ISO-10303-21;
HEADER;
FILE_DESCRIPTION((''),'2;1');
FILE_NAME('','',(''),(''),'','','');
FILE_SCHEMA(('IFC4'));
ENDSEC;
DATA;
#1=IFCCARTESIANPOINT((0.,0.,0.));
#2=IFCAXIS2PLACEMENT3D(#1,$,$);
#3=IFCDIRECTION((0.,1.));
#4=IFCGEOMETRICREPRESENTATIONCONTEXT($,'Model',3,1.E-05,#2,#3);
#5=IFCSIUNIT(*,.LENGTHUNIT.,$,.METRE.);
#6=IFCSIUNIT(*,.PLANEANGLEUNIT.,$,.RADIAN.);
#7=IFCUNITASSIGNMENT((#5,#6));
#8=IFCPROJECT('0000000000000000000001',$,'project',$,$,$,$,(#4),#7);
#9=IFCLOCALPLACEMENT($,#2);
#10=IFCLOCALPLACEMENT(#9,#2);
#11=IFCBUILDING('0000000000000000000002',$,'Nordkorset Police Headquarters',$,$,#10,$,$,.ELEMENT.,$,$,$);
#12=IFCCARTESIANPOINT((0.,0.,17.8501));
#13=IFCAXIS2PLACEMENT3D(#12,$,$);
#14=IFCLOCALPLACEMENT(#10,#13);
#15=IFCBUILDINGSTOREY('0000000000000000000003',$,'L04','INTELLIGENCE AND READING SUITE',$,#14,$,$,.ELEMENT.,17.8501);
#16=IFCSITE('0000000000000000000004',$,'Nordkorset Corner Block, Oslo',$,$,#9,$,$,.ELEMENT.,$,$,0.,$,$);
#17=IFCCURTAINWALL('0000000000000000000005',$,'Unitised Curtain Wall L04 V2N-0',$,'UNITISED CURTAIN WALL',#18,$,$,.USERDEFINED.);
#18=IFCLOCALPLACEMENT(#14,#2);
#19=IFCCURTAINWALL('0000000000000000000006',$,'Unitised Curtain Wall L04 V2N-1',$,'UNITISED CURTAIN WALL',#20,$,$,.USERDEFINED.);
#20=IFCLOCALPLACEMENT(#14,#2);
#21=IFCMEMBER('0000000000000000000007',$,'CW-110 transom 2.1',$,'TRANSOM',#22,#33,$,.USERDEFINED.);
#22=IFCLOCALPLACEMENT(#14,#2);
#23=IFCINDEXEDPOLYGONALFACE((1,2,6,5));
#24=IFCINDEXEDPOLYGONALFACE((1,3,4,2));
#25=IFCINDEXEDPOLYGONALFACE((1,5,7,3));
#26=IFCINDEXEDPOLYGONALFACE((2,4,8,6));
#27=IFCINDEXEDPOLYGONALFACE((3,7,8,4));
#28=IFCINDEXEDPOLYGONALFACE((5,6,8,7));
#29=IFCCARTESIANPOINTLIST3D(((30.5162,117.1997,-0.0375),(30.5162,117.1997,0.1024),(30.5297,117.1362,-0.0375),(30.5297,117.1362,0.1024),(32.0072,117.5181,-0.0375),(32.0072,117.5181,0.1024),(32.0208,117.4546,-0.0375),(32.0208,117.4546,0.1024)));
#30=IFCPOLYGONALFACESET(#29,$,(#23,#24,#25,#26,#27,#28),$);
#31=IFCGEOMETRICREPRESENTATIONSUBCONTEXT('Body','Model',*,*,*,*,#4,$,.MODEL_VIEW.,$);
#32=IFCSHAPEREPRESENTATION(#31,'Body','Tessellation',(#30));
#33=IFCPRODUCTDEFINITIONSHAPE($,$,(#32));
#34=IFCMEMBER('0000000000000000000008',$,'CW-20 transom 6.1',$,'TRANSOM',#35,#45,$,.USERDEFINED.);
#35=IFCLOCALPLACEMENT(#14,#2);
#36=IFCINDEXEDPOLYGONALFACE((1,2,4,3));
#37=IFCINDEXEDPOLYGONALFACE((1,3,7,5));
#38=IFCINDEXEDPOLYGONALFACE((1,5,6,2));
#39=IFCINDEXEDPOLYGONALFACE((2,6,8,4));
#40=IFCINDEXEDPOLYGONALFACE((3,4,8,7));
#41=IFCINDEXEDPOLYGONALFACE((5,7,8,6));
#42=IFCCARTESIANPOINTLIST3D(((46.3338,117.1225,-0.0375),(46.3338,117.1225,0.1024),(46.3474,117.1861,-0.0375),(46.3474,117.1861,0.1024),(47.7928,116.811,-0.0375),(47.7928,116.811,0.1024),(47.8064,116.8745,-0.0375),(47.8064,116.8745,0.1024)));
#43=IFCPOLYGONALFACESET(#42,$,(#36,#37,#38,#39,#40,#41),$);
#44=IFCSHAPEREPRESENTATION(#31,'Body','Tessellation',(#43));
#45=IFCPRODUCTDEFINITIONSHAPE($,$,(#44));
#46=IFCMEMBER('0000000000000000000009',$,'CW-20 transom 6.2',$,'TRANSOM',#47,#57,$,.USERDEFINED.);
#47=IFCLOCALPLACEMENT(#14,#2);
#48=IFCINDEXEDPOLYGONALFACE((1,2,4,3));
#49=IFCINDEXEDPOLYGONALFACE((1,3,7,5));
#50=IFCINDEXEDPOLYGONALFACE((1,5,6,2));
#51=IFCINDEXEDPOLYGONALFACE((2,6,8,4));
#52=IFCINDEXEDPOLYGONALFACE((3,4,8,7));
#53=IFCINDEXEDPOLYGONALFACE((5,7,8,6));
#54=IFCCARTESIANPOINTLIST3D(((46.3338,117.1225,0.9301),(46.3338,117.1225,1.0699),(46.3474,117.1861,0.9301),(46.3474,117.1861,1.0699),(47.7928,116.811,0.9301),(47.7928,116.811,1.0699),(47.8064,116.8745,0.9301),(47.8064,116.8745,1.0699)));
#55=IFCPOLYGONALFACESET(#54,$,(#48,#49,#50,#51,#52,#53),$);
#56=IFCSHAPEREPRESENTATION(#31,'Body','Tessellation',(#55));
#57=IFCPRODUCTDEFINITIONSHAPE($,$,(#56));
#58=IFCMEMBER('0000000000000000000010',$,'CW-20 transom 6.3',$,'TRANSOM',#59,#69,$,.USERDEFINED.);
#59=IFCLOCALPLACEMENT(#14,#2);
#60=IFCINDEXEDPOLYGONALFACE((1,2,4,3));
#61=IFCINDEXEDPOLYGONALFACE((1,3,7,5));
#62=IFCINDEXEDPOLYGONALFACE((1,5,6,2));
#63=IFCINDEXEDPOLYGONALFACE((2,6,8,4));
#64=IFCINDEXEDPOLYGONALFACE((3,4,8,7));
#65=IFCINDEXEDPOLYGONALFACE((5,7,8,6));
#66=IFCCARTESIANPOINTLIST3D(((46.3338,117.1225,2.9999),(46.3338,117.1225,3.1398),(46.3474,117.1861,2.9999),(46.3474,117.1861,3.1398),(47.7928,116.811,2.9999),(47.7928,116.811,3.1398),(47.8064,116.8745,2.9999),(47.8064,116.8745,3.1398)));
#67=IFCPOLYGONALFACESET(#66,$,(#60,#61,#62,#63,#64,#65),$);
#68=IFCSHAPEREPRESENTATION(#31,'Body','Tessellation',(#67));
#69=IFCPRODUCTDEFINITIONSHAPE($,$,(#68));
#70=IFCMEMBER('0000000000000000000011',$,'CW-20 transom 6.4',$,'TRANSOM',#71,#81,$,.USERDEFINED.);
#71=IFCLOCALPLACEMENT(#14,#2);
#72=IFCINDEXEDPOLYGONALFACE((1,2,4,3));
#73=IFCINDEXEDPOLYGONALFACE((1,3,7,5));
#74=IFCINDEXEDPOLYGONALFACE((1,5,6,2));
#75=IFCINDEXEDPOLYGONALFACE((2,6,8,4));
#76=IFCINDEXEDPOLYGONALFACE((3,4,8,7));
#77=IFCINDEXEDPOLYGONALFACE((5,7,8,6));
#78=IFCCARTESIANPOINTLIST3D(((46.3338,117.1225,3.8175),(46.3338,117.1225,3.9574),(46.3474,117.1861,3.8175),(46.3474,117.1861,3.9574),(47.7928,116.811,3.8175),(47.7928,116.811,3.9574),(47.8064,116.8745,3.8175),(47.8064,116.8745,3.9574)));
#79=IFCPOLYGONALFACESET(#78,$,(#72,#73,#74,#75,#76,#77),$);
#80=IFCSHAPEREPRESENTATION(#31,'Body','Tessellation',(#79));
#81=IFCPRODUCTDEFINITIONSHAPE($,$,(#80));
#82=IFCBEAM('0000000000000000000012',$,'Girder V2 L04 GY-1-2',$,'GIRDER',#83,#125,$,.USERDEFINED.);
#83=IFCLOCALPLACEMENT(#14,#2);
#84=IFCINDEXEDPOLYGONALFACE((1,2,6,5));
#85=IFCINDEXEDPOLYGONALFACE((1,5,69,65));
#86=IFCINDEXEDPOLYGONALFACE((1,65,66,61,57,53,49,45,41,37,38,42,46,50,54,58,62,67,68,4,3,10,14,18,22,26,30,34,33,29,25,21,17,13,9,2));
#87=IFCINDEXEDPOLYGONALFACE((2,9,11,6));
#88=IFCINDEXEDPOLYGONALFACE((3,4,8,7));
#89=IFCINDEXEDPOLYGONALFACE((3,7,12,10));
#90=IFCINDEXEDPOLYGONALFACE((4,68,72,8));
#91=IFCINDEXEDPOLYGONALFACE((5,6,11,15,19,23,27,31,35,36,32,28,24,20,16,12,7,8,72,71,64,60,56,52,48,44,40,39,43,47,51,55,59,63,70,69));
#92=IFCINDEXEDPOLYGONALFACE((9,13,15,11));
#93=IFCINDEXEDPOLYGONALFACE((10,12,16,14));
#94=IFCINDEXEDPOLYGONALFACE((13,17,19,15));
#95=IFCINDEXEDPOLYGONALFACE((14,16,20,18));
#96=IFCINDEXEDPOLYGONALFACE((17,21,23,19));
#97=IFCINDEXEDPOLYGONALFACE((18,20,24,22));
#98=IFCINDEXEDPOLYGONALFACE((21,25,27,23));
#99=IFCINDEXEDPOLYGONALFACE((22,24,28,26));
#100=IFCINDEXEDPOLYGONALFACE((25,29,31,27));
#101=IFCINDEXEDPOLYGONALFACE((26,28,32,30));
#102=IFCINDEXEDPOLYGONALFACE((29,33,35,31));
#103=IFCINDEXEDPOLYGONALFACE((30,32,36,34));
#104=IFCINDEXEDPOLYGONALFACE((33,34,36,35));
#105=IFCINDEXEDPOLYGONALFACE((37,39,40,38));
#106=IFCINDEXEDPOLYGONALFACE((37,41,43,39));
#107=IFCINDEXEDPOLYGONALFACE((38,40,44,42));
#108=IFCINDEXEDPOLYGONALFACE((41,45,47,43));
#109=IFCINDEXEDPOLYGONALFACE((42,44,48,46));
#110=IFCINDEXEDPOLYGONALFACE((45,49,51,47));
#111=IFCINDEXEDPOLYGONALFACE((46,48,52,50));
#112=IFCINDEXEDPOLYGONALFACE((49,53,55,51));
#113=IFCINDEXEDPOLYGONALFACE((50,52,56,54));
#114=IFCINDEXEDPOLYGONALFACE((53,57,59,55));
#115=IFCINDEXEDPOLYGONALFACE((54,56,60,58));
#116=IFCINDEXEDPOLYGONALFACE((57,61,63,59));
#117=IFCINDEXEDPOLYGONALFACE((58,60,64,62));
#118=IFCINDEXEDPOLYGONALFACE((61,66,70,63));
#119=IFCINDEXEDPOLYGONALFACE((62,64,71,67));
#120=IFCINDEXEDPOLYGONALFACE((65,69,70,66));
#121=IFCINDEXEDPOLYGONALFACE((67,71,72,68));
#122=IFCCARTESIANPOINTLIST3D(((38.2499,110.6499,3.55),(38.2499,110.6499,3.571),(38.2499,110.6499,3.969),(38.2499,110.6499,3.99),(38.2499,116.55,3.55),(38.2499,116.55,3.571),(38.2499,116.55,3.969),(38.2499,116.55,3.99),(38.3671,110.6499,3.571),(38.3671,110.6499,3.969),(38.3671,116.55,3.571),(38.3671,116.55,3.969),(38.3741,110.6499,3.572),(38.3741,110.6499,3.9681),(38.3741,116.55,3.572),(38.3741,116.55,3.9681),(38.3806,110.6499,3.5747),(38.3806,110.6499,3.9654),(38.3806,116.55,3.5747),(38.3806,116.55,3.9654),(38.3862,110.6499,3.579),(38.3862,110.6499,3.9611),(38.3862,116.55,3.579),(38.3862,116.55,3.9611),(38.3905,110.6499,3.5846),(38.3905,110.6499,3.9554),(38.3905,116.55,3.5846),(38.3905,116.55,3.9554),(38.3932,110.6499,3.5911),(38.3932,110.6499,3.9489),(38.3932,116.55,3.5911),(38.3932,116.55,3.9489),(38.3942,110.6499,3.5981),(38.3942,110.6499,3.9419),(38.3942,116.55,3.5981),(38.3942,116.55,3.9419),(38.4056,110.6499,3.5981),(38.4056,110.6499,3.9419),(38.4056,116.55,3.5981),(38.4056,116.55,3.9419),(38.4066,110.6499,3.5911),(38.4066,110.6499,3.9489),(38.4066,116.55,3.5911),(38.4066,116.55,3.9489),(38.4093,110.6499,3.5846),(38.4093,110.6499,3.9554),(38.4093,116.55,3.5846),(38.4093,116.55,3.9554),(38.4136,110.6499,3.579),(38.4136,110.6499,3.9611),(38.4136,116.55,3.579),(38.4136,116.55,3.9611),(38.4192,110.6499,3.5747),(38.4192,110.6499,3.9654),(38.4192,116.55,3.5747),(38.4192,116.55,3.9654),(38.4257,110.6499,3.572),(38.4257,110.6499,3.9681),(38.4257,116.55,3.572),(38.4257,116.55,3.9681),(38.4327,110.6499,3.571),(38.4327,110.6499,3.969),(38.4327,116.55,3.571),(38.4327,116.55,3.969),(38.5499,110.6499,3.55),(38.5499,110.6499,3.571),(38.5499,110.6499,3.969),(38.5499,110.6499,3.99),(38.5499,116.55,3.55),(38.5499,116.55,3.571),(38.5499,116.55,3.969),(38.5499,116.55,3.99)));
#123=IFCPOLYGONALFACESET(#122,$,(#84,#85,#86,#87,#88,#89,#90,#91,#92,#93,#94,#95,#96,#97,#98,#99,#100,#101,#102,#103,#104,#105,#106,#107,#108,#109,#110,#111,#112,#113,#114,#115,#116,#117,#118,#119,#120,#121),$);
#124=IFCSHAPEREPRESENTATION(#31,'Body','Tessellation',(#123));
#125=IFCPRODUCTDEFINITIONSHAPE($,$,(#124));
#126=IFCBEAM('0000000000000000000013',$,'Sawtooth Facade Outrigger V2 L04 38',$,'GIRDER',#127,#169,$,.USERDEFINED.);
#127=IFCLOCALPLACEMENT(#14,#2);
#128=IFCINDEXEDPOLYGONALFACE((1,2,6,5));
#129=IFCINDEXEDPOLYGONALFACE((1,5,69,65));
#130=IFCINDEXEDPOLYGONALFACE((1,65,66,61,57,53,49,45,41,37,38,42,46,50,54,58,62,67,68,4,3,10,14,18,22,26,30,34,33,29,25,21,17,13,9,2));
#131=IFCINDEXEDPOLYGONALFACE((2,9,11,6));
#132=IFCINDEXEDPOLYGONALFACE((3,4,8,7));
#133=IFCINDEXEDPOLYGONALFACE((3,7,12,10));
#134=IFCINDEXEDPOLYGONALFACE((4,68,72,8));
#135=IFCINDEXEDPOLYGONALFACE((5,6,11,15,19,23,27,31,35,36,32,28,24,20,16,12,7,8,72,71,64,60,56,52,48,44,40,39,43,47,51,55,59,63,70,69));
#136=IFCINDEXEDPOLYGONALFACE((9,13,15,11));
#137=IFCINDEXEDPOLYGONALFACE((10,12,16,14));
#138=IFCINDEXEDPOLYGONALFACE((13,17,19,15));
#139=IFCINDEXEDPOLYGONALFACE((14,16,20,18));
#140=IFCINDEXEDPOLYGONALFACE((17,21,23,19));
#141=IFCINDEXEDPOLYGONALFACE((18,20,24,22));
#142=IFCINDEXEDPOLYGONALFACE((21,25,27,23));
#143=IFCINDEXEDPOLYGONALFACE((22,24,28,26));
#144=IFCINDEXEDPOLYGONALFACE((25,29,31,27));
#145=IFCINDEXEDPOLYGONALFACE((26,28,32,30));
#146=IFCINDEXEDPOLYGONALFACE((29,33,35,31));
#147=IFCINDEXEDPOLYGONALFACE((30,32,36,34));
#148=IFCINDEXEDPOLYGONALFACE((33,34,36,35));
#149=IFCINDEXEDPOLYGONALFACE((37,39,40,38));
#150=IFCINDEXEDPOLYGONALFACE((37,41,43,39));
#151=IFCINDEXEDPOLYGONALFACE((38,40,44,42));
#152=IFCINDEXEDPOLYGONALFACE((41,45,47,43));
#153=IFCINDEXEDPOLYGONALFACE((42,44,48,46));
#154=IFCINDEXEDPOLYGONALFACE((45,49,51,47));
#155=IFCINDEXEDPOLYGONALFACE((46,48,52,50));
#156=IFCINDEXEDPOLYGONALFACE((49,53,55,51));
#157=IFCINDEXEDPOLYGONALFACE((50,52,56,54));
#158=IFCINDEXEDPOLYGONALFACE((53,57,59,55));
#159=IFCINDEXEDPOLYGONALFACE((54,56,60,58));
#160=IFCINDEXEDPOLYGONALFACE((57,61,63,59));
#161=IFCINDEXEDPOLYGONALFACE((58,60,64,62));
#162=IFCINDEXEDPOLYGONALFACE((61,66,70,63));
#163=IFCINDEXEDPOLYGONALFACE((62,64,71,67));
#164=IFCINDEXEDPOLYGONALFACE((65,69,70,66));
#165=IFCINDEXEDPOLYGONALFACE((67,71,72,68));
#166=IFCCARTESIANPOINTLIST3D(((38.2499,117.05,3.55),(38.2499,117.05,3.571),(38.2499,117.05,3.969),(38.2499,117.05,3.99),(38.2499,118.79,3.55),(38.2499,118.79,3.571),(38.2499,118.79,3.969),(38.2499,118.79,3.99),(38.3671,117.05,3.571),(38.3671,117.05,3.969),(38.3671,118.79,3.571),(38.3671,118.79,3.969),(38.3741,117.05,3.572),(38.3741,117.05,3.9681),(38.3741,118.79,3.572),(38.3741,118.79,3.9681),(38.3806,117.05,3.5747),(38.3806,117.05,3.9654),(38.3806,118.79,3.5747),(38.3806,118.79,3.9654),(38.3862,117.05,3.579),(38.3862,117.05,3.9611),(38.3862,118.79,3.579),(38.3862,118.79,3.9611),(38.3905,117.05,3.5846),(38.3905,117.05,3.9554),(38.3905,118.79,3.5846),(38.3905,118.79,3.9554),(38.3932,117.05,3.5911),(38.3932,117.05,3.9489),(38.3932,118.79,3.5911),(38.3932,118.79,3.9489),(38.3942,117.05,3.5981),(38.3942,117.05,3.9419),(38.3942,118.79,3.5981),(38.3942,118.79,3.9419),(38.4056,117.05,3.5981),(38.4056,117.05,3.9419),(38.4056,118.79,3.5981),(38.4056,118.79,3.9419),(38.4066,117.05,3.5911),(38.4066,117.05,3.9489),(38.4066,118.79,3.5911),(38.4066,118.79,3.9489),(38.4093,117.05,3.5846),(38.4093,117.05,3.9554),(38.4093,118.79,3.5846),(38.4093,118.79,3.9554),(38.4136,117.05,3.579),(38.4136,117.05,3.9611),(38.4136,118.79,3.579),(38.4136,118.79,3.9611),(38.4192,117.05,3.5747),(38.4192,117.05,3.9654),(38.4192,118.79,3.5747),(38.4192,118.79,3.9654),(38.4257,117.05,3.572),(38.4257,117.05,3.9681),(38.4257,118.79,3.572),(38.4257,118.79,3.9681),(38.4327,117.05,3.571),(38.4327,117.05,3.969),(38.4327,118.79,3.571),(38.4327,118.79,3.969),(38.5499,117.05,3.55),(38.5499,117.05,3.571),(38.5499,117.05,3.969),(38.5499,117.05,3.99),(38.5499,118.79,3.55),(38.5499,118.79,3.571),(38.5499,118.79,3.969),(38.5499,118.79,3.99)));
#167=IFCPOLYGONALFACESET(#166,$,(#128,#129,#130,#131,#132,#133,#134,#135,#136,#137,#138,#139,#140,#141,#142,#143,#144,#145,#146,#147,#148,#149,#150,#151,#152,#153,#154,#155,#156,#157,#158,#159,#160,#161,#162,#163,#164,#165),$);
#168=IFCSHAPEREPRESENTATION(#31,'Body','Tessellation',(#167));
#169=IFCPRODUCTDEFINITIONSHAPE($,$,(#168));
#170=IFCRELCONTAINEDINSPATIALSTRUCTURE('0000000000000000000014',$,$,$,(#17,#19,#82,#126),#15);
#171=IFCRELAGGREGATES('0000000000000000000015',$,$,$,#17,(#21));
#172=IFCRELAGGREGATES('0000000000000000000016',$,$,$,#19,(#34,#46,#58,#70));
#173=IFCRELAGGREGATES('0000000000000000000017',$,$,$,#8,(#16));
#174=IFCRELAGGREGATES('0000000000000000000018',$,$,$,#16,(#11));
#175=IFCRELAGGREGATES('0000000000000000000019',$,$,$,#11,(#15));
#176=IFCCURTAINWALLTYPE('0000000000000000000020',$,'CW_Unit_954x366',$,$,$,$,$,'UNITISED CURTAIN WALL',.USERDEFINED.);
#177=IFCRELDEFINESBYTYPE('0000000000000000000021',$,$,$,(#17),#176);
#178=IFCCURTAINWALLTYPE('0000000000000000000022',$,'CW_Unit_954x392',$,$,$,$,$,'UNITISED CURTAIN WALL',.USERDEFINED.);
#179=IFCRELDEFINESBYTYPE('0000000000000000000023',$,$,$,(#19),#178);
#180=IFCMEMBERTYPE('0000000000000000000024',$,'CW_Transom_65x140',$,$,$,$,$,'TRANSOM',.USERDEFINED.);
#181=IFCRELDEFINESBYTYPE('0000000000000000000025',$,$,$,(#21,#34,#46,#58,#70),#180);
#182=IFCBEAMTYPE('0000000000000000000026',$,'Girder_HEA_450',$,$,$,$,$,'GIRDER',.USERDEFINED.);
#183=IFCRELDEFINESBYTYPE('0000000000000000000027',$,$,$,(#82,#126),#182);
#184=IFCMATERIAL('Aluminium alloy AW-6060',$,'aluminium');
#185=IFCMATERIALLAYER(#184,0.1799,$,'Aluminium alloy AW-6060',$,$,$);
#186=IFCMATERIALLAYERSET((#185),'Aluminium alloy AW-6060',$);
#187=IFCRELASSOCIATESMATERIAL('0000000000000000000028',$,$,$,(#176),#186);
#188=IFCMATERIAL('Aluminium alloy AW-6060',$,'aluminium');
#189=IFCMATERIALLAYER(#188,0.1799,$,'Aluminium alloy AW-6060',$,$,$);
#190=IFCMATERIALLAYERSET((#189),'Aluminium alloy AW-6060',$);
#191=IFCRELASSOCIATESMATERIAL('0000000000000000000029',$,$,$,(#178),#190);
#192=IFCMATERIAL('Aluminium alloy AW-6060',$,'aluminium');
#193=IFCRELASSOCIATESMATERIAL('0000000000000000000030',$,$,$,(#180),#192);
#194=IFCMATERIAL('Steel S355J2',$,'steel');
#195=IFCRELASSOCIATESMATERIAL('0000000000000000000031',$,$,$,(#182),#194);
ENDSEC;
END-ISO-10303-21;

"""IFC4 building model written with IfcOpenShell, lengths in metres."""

from ifc_helpers import new_model, si_unit, direction, frame, origin, origin_2d, place, context, subcontext, project, spatial, rectangle, i_section, extrude, material, layer, layer_set, material_profile, profile_set, type_object, element, aggregate, save


model = new_model("IFC4")

# Units and contexts
model_context = context("Model", 3, precision=1e-05, world=origin(), true_north=direction((0.0, 1.0)))
body_context = subcontext(model_context, "Body", "Model", "MODEL_VIEW")
ifc_project = project(units=[si_unit("LENGTHUNIT", "METRE"), si_unit("PLANEANGLEUNIT", "RADIAN")], contexts=[model_context])

# Site, building, storey
site_placement = place(None, origin())
site = spatial("IfcSite", under=ifc_project, at=site_placement, Name="Nordkorset Corner Block, Oslo", CompositionType="ELEMENT", RefElevation=0.0)
building_placement = place(site_placement, origin())
building = spatial("IfcBuilding", under=site, at=building_placement, Name="Nordkorset Police Headquarters", CompositionType="ELEMENT")
storey_placement = place(building_placement, frame((0.0, 0.0, 17.8501)))
storey = spatial("IfcBuildingStorey", under=building, at=storey_placement, Name="L04", Description="INTELLIGENCE AND READING SUITE", CompositionType="ELEMENT", Elevation=17.8501)

# Curtain wall
ifc_material_1 = material(Name="Aluminium alloy AW-6060", Category="aluminium")
ifc_layer_1 = layer(ifc_material_1, 0.1799, Name="Aluminium alloy AW-6060")
ifc_layer_set_1 = layer_set([ifc_layer_1], Name="Aluminium alloy AW-6060")
curtain_wall_type_1 = type_object("IfcCurtainWallType", Name="CW_Unit_954x366", ElementType="UNITISED CURTAIN WALL", PredefinedType="USERDEFINED", material=ifc_layer_set_1)
curtain_wall_1_placement = place(storey_placement, origin())
curtain_wall_1 = element("IfcCurtainWall", 1, at=curtain_wall_1_placement, inside=storey, type_object=curtain_wall_type_1, Name="Unitised Curtain Wall L04 V2N-0", ObjectType="UNITISED CURTAIN WALL", PredefinedType="USERDEFINED")

# Curtain wall
ifc_material_2 = material(Name="Aluminium alloy AW-6060", Category="aluminium")
ifc_layer_2 = layer(ifc_material_2, 0.1799, Name="Aluminium alloy AW-6060")
ifc_layer_set_2 = layer_set([ifc_layer_2], Name="Aluminium alloy AW-6060")
curtain_wall_type_2 = type_object("IfcCurtainWallType", Name="CW_Unit_954x392", ElementType="UNITISED CURTAIN WALL", PredefinedType="USERDEFINED", material=ifc_layer_set_2)
curtain_wall_2_placement = place(storey_placement, origin())
curtain_wall_2 = element("IfcCurtainWall", 2, at=curtain_wall_2_placement, inside=storey, type_object=curtain_wall_type_2, Name="Unitised Curtain Wall L04 V2N-1", ObjectType="UNITISED CURTAIN WALL", PredefinedType="USERDEFINED")

# Members
ifc_material_3 = material(Name="Aluminium alloy AW-6060", Category="aluminium")
ifc_material_profile_1 = material_profile(ifc_material_3, rectangle(XDim=0.0649, YDim=0.1399, at=origin_2d()), Name="ALU TRAN 65x140")
ifc_profile_set_1 = profile_set([ifc_material_profile_1], Name="Aluminium alloy AW-6060")
member_type_1 = type_object("IfcMemberType", Name="CW_Transom_65x140", ElementType="TRANSOM", PredefinedType="USERDEFINED", material=ifc_profile_set_1)
member_1_placement = place(storey_placement, frame((30.5229, 117.168, 0.0325), z_axis=(0.977954, 0.208818, 0.0), x_axis=(-0.208818, 0.977954, 0.0)))
member_1 = element("IfcMember", 3, at=member_1_placement, type_object=member_type_1, Name="CW-110 transom 2.1", ObjectType="TRANSOM", PredefinedType="USERDEFINED", context=body_context, shape_type="SweptSolid", body=[
    extrude(rectangle(XDim=0.0649, YDim=0.1399, at=origin_2d()), origin(), (0.0, 0.0, 1.0), 1.5247),
])
member_2_placement = place(storey_placement, frame((46.3406, 117.1543, 0.0325), z_axis=(0.977955, -0.208814, 0.0), x_axis=(0.208814, 0.977955, 0.0)))
member_2 = element("IfcMember", 4, at=member_2_placement, type_object=member_type_1, Name="CW-20 transom 6.1", ObjectType="TRANSOM", PredefinedType="USERDEFINED", context=body_context, shape_type="SweptSolid", body=[
    extrude(rectangle(XDim=0.0649, YDim=0.1399, at=origin_2d()), origin(), (0.0, 0.0, 1.0), 1.4919),
])
member_3_placement = place(storey_placement, frame((46.3406, 117.1543, 1.0), z_axis=(0.977955, -0.208814, 0.0), x_axis=(0.208814, 0.977955, 0.0)))
member_3 = element("IfcMember", 5, at=member_3_placement, type_object=member_type_1, Name="CW-20 transom 6.2", ObjectType="TRANSOM", PredefinedType="USERDEFINED", context=body_context, shape_type="SweptSolid", body=[
    extrude(rectangle(XDim=0.0649, YDim=0.1399, at=origin_2d()), origin(), (0.0, 0.0, 1.0), 1.4919),
])
member_4_placement = place(storey_placement, frame((46.3406, 117.1543, 3.0698), z_axis=(0.977955, -0.208814, 0.0), x_axis=(0.208814, 0.977955, 0.0)))
member_4 = element("IfcMember", 6, at=member_4_placement, type_object=member_type_1, Name="CW-20 transom 6.3", ObjectType="TRANSOM", PredefinedType="USERDEFINED", context=body_context, shape_type="SweptSolid", body=[
    extrude(rectangle(XDim=0.0649, YDim=0.1399, at=origin_2d()), origin(), (0.0, 0.0, 1.0), 1.4919),
])
member_5_placement = place(storey_placement, frame((46.3406, 117.1543, 3.8875), z_axis=(0.977955, -0.208814, 0.0), x_axis=(0.208814, 0.977955, 0.0)))
member_5 = element("IfcMember", 7, at=member_5_placement, type_object=member_type_1, Name="CW-20 transom 6.4", ObjectType="TRANSOM", PredefinedType="USERDEFINED", context=body_context, shape_type="SweptSolid", body=[
    extrude(rectangle(XDim=0.0649, YDim=0.1399, at=origin_2d()), origin(), (0.0, 0.0, 1.0), 1.4919),
])

# Beams
ifc_material_4 = material(Name="Steel S355J2", Category="steel")
ifc_material_profile_2 = material_profile(ifc_material_4, i_section(OverallWidth=0.3, OverallDepth=0.4399, WebThickness=0.0115, FlangeThickness=0.021, FilletRadius=0.0271, at=origin_2d()), Name="HEA 450")
ifc_profile_set_2 = profile_set([ifc_material_profile_2], Name="Steel S355J2")
beam_type_1 = type_object("IfcBeamType", Name="Girder_HEA_450", ElementType="GIRDER", PredefinedType="USERDEFINED", material=ifc_profile_set_2)
beam_1_placement = place(storey_placement, frame((38.3999, 110.6499, 3.77), z_axis=(0.0, 1.0, 0.0), x_axis=(-1.0, 0.0, 0.0)))
element("IfcBeam", 8, at=beam_1_placement, inside=storey, type_object=beam_type_1, Name="Girder V2 L04 GY-1-2", ObjectType="GIRDER", PredefinedType="USERDEFINED", context=body_context, shape_type="SweptSolid", body=[
    extrude(i_section(OverallWidth=0.3, OverallDepth=0.4399, WebThickness=0.0115, FlangeThickness=0.021, FilletRadius=0.0271, at=origin_2d()), origin(), (0.0, 0.0, 1.0), 5.9001),
])
beam_2_placement = place(storey_placement, frame((38.3999, 117.05, 3.77), z_axis=(0.0, 1.0, 0.0), x_axis=(-1.0, 0.0, 0.0)))
element("IfcBeam", 9, at=beam_2_placement, inside=storey, type_object=beam_type_1, Name="Sawtooth Facade Outrigger V2 L04 38", ObjectType="GIRDER", PredefinedType="USERDEFINED", context=body_context, shape_type="SweptSolid", body=[
    extrude(i_section(OverallWidth=0.3, OverallDepth=0.4399, WebThickness=0.0115, FlangeThickness=0.021, FilletRadius=0.0271, at=origin_2d()), origin(), (0.0, 0.0, 1.0), 1.74),
])

aggregate(curtain_wall_1, [member_1])
aggregate(curtain_wall_2, [member_2, member_3, member_4, member_5])

save(model, "model.ifc")
